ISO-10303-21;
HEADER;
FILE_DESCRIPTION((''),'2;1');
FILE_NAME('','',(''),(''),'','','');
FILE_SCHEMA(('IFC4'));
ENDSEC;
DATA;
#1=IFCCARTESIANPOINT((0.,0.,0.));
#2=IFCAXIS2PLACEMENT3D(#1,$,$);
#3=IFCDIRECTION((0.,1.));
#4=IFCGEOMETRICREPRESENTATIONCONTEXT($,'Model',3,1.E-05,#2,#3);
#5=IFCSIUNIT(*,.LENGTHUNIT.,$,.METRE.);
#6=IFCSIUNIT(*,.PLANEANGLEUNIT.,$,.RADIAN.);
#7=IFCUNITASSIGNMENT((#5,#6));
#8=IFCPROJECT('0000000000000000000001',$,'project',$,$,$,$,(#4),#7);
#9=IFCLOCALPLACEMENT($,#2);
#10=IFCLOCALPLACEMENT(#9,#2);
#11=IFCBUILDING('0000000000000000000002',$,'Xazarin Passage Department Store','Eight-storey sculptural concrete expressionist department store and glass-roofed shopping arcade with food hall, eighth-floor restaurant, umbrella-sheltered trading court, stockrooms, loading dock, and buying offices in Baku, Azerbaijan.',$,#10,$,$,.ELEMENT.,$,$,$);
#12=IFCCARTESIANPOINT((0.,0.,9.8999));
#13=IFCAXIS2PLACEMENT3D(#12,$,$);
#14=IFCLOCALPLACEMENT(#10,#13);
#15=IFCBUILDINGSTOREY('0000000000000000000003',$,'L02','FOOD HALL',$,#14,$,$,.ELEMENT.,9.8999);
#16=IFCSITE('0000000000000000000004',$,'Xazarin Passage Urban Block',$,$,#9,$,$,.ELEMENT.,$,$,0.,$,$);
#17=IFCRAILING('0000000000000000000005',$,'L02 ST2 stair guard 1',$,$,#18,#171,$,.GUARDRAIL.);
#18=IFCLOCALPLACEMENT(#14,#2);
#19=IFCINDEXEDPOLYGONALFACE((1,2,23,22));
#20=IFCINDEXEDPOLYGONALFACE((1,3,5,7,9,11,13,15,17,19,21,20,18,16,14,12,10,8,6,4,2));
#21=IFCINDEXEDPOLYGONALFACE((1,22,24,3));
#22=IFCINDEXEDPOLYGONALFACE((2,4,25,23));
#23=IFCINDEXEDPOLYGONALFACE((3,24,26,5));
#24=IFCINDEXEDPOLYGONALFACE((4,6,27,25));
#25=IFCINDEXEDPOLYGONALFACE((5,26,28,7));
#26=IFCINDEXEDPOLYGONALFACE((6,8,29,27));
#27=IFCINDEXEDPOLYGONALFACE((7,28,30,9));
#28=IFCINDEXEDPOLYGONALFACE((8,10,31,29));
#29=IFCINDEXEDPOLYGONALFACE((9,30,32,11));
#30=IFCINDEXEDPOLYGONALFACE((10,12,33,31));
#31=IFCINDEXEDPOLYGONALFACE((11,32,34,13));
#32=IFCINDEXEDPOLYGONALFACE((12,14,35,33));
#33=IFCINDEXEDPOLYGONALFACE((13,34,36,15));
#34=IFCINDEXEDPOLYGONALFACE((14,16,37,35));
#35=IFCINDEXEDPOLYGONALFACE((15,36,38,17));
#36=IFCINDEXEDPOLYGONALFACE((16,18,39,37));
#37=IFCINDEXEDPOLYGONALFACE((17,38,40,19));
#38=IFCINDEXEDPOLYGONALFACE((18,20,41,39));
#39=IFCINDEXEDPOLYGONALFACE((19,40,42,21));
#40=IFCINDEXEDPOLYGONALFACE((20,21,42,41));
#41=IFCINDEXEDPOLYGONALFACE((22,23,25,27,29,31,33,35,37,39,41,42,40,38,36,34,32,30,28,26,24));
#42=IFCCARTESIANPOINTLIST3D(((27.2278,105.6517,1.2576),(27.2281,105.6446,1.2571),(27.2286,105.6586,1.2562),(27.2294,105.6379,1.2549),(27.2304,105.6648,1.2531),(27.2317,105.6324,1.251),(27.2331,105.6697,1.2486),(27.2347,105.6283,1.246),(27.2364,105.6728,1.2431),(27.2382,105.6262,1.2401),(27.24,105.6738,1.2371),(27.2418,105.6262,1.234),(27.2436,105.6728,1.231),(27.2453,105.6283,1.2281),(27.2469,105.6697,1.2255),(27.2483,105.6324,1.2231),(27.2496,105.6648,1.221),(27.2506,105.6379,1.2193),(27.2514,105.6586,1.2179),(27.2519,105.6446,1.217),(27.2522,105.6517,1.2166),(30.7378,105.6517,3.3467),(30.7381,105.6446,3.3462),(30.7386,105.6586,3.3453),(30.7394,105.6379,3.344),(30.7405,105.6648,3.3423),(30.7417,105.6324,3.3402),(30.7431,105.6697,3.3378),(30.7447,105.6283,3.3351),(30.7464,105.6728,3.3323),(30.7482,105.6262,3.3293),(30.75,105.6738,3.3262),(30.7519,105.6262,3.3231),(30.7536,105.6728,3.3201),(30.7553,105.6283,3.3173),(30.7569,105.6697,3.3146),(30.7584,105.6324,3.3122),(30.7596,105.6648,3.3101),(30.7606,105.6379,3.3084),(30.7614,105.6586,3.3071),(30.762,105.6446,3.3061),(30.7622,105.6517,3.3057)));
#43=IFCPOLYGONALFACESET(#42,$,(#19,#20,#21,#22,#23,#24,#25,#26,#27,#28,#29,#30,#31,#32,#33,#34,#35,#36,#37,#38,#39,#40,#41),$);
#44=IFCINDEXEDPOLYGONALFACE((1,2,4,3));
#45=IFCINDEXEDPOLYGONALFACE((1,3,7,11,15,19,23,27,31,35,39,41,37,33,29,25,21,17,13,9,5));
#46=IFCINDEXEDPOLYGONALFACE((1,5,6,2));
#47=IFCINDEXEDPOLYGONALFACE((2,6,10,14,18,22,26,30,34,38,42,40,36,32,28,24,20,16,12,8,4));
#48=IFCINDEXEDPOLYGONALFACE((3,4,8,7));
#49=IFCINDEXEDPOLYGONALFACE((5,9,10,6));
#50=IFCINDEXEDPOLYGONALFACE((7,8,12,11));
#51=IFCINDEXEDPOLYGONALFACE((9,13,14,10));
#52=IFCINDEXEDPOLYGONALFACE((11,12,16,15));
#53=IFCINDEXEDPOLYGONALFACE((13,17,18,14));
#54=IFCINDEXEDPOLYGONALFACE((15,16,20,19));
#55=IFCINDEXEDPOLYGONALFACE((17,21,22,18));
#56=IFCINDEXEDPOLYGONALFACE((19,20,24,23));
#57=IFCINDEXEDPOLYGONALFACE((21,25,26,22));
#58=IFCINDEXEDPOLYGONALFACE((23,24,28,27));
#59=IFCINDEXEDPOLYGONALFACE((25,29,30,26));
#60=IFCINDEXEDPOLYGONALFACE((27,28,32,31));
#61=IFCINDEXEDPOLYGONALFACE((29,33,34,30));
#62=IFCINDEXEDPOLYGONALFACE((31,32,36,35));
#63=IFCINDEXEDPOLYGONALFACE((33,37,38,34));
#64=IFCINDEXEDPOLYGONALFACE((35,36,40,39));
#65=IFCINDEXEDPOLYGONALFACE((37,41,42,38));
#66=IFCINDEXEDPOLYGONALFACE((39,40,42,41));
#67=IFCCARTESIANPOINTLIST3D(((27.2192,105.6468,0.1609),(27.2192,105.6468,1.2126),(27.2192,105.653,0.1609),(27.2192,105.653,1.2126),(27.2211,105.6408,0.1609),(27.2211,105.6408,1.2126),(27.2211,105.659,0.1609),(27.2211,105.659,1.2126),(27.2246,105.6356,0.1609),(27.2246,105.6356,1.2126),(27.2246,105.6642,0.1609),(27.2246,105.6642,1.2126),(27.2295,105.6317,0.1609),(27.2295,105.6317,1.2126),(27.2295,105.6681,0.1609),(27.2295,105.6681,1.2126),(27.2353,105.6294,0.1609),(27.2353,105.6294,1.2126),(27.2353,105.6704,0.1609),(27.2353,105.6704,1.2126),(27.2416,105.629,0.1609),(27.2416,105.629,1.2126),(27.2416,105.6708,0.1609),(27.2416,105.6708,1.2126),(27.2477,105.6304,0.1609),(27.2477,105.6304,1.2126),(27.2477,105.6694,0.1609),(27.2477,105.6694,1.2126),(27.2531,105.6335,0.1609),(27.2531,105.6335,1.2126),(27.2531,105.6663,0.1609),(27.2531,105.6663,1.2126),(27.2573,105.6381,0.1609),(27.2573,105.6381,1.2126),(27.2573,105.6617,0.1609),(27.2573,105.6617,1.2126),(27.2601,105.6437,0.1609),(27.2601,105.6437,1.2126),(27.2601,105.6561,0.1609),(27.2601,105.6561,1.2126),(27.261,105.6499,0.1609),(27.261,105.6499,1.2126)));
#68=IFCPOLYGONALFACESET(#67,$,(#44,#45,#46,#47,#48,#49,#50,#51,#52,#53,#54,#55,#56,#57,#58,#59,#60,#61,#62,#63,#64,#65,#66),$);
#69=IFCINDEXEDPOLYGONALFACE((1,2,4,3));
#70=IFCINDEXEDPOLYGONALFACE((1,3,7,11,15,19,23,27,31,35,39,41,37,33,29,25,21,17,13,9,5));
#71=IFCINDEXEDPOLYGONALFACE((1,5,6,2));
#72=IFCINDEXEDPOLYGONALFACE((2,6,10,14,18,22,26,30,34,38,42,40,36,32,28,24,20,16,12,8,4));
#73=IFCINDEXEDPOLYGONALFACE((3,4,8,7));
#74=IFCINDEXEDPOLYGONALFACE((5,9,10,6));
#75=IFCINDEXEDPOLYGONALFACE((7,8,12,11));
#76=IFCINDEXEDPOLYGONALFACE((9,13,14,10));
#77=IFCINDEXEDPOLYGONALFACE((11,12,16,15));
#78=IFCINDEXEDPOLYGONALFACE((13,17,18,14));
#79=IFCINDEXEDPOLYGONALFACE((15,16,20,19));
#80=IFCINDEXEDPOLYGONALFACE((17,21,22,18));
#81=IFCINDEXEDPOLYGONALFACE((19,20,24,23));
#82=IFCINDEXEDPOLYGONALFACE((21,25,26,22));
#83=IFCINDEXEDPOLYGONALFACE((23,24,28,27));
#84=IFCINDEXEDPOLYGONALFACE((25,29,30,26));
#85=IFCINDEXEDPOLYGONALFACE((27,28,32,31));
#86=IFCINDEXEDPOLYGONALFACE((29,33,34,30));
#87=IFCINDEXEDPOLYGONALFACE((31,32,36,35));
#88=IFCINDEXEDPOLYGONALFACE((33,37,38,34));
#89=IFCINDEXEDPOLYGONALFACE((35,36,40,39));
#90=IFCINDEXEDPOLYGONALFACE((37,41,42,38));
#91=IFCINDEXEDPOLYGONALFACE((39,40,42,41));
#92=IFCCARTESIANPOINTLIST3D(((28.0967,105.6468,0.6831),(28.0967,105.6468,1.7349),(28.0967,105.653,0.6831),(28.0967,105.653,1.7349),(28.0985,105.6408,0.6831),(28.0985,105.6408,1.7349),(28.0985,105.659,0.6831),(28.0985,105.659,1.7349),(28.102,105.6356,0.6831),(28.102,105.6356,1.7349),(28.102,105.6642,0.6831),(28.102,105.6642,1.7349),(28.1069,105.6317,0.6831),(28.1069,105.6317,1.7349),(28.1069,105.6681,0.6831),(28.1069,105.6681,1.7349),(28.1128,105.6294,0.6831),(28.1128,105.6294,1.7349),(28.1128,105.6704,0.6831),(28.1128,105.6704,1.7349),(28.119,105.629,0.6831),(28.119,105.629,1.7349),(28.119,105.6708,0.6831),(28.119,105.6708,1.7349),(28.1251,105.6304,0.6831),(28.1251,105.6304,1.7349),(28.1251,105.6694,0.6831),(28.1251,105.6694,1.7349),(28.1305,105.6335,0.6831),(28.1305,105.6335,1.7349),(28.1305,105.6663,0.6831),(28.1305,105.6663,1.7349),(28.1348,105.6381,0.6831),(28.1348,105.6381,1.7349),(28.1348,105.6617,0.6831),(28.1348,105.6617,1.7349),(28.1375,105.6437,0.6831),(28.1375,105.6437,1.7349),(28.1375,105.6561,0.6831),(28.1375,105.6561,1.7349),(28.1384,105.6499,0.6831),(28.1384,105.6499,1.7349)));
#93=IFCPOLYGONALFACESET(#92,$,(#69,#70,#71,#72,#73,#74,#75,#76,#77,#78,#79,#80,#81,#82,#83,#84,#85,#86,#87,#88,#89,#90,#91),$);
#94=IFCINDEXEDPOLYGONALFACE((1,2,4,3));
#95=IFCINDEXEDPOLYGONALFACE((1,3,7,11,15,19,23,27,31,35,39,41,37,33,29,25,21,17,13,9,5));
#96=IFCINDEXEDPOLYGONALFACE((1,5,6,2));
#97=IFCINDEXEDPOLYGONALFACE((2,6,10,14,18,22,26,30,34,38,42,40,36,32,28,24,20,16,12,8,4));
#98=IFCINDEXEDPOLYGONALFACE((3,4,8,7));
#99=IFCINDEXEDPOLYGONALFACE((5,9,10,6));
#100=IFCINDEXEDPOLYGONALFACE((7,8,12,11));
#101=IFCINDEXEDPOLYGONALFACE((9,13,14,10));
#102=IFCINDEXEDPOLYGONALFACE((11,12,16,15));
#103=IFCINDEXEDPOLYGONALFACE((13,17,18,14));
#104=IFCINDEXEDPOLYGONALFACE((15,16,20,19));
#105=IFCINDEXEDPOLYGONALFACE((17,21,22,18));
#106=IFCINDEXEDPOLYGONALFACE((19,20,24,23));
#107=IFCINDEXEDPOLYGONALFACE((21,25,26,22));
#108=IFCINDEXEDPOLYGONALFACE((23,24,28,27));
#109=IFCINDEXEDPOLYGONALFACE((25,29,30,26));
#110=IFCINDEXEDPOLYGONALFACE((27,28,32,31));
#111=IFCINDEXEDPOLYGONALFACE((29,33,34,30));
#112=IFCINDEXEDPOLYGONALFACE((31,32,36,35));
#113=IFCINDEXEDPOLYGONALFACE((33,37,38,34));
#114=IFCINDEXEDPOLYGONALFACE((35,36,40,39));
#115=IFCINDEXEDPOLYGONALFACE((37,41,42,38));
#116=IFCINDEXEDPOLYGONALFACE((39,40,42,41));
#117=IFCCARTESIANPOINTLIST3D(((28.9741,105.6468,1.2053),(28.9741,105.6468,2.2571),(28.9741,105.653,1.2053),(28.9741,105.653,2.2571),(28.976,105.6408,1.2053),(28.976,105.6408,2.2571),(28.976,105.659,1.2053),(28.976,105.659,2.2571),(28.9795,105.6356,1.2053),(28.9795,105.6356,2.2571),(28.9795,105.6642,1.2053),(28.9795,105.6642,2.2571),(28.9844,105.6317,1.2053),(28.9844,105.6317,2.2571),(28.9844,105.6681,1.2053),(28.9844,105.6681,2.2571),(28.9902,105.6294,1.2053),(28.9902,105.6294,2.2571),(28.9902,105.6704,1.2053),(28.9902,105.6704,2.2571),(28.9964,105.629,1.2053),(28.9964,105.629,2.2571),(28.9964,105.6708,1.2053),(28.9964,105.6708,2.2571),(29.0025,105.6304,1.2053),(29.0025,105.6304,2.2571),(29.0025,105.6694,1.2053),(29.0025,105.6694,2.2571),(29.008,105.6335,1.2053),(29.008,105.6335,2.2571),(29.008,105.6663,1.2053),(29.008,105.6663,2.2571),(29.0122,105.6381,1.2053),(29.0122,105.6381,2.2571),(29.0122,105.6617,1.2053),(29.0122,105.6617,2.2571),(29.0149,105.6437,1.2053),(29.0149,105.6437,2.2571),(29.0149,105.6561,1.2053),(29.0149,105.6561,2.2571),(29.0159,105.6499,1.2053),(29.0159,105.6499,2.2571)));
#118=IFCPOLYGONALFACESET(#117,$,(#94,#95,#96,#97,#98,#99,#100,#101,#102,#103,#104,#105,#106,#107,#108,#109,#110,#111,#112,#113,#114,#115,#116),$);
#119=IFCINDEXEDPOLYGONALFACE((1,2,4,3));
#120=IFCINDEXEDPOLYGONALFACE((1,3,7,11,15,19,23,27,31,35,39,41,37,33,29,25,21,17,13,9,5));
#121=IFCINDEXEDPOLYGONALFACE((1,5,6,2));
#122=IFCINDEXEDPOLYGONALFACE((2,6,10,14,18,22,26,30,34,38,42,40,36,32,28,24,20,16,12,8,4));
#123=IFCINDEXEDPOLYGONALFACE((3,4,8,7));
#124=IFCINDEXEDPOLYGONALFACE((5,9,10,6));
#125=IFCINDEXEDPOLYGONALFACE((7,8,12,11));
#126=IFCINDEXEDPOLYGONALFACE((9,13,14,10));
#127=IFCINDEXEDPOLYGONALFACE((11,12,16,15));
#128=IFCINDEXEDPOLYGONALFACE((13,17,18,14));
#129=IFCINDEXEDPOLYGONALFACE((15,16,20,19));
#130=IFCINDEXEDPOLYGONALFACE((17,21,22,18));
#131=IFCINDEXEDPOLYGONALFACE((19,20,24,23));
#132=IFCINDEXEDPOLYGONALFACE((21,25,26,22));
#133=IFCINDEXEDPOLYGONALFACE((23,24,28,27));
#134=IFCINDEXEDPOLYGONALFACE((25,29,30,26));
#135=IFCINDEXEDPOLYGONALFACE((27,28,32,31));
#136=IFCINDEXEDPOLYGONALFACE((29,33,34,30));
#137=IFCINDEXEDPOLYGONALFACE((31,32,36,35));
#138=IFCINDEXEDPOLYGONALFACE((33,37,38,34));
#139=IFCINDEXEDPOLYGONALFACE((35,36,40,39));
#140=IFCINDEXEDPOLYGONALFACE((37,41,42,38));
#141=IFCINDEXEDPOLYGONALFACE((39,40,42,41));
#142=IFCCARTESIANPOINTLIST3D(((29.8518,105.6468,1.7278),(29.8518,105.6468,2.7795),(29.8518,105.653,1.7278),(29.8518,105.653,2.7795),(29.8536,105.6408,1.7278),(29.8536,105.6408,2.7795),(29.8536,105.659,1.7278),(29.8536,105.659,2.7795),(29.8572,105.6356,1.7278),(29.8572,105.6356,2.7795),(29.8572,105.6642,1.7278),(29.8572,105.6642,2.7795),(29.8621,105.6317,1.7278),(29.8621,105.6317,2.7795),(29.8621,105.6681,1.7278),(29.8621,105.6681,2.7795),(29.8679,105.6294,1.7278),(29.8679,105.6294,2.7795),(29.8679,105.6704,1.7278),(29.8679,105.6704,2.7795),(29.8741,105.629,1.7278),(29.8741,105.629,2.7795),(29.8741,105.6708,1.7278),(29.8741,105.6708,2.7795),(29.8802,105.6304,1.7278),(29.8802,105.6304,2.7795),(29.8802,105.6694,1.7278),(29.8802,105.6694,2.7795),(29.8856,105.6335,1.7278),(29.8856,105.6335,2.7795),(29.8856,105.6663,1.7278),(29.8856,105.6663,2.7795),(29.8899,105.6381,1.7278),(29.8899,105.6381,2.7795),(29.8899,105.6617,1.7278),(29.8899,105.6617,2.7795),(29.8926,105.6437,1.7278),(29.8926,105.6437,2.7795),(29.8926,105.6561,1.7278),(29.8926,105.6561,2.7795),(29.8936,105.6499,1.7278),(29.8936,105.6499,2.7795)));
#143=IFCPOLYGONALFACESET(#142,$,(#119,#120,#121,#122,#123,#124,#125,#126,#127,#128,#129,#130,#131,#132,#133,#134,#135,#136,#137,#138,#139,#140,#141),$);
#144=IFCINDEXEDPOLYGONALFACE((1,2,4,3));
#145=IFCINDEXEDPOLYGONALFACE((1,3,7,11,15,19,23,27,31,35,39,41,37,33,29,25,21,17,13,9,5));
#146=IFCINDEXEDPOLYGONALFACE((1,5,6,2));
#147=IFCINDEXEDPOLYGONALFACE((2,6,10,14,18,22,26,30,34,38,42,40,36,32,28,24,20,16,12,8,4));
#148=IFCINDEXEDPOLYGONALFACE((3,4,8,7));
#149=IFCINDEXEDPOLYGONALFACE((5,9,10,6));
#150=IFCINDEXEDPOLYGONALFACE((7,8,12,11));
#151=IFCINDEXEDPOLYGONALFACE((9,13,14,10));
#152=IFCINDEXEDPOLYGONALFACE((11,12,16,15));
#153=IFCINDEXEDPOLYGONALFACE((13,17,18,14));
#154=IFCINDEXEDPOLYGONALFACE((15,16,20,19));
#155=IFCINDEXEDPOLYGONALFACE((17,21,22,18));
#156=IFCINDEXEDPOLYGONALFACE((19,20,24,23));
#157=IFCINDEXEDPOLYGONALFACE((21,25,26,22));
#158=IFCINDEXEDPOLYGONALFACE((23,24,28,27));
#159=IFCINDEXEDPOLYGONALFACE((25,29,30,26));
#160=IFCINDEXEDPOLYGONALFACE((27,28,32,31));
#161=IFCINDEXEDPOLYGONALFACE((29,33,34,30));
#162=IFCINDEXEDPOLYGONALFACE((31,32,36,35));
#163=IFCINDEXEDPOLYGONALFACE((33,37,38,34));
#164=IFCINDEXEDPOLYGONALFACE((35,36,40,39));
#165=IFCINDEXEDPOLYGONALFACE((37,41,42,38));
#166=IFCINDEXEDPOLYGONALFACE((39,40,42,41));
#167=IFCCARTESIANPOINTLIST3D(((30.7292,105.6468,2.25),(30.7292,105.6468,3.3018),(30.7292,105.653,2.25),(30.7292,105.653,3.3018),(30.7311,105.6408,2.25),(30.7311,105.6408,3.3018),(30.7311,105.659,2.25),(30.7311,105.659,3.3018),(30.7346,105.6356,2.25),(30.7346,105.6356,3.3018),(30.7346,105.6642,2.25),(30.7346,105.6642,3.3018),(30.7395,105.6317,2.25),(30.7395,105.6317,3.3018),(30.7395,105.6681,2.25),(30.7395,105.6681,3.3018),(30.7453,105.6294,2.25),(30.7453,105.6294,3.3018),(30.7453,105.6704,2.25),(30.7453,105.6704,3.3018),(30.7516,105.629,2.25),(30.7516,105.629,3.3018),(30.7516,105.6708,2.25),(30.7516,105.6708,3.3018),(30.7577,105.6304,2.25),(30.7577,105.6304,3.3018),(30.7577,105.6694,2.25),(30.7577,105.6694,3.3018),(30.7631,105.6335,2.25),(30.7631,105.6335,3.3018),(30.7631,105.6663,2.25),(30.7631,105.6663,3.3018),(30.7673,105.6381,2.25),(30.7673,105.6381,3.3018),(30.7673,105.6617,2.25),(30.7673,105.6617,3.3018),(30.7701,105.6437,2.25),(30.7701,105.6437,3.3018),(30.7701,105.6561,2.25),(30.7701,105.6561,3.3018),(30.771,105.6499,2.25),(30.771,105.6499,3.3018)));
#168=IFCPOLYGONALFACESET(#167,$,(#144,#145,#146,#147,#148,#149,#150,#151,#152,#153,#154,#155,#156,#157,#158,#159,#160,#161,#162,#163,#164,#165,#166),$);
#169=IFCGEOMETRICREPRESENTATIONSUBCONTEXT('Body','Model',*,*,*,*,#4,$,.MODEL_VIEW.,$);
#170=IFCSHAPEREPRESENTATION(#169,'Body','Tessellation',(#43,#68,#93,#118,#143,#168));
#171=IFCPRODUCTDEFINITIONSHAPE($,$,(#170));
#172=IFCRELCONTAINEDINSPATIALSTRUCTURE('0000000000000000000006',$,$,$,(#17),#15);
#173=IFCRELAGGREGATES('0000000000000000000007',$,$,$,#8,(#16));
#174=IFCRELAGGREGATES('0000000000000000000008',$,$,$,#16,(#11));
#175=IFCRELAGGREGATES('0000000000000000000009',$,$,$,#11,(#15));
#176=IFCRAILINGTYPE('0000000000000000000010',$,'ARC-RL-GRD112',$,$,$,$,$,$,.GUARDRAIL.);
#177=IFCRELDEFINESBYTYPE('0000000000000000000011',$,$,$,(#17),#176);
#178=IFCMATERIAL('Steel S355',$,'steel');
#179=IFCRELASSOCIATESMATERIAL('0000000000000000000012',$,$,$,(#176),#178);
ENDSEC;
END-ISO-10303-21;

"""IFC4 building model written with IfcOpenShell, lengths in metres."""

from ifc_helpers import new_model, si_unit, direction, frame, origin, origin_2d, place, context, subcontext, project, spatial, circle, extrude, material, type_object, element, save


model = new_model("IFC4")

# Units and contexts
model_context = context("Model", 3, precision=1e-05, world=origin(), true_north=direction((0.0, 1.0)))
body_context = subcontext(model_context, "Body", "Model", "MODEL_VIEW")
ifc_project = project(units=[si_unit("LENGTHUNIT", "METRE"), si_unit("PLANEANGLEUNIT", "RADIAN")], contexts=[model_context])

# Site, building, storey
site_placement = place(None, origin())
site = spatial("IfcSite", under=ifc_project, at=site_placement, Name="Xazarin Passage Urban Block", CompositionType="ELEMENT", RefElevation=0.0)
building_placement = place(site_placement, origin())
building = spatial("IfcBuilding", under=site, at=building_placement, Name="Xazarin Passage Department Store", Description="Eight-storey sculptural concrete expressionist department store and glass-roofed shopping arcade with food hall, eighth-floor restaurant, umbrella-sheltered trading court, stockrooms, loading dock, and buying offices in Baku, Azerbaijan.", CompositionType="ELEMENT")
storey_placement = place(building_placement, frame((0.0, 0.0, 9.8999)))
storey = spatial("IfcBuildingStorey", under=building, at=storey_placement, Name="L02", Description="FOOD HALL", CompositionType="ELEMENT", Elevation=9.8999)

# Shared definitions
ifc_material_1 = material(Name="Steel S355", Category="steel")

# Railing
railing_type = type_object("IfcRailingType", Name="ARC-RL-GRD112", PredefinedType="GUARDRAIL", material=ifc_material_1)
railing_1_placement = place(storey_placement, frame((27.24, 105.6499, 0.1609)))
element("IfcRailing", 1, at=railing_1_placement, inside=storey, type_object=railing_type, Name="L02 ST2 stair guard 1", PredefinedType="GUARDRAIL", context=body_context, shape_type="SweptSolid", body=[
    extrude(circle(Radius=0.0239, at=origin_2d()), frame((0.0, 0.0, 1.0762), z_axis=(0.859312, 0.0, 0.511451), x_axis=(0.0, 1.0, 0.0)), (0.0, 0.0, 1.0), 4.0847),
    extrude(circle(Radius=0.021, at=origin_2d()), origin(), (0.0, 0.0, 1.0), 1.0518),
    extrude(circle(Radius=0.021, at=origin_2d()), frame((0.8774, 0.0, 0.5222)), (0.0, 0.0, 1.0), 1.0518),
    extrude(circle(Radius=0.021, at=origin_2d()), frame((1.7549, 0.0, 1.0444)), (0.0, 0.0, 1.0), 1.0518),
    extrude(circle(Radius=0.021, at=origin_2d()), frame((2.6326, 0.0, 1.5669)), (0.0, 0.0, 1.0), 1.0518),
    extrude(circle(Radius=0.021, at=origin_2d()), frame((3.51, 0.0, 2.0891)), (0.0, 0.0, 1.0), 1.0518),
])

save(model, "model.ifc")
